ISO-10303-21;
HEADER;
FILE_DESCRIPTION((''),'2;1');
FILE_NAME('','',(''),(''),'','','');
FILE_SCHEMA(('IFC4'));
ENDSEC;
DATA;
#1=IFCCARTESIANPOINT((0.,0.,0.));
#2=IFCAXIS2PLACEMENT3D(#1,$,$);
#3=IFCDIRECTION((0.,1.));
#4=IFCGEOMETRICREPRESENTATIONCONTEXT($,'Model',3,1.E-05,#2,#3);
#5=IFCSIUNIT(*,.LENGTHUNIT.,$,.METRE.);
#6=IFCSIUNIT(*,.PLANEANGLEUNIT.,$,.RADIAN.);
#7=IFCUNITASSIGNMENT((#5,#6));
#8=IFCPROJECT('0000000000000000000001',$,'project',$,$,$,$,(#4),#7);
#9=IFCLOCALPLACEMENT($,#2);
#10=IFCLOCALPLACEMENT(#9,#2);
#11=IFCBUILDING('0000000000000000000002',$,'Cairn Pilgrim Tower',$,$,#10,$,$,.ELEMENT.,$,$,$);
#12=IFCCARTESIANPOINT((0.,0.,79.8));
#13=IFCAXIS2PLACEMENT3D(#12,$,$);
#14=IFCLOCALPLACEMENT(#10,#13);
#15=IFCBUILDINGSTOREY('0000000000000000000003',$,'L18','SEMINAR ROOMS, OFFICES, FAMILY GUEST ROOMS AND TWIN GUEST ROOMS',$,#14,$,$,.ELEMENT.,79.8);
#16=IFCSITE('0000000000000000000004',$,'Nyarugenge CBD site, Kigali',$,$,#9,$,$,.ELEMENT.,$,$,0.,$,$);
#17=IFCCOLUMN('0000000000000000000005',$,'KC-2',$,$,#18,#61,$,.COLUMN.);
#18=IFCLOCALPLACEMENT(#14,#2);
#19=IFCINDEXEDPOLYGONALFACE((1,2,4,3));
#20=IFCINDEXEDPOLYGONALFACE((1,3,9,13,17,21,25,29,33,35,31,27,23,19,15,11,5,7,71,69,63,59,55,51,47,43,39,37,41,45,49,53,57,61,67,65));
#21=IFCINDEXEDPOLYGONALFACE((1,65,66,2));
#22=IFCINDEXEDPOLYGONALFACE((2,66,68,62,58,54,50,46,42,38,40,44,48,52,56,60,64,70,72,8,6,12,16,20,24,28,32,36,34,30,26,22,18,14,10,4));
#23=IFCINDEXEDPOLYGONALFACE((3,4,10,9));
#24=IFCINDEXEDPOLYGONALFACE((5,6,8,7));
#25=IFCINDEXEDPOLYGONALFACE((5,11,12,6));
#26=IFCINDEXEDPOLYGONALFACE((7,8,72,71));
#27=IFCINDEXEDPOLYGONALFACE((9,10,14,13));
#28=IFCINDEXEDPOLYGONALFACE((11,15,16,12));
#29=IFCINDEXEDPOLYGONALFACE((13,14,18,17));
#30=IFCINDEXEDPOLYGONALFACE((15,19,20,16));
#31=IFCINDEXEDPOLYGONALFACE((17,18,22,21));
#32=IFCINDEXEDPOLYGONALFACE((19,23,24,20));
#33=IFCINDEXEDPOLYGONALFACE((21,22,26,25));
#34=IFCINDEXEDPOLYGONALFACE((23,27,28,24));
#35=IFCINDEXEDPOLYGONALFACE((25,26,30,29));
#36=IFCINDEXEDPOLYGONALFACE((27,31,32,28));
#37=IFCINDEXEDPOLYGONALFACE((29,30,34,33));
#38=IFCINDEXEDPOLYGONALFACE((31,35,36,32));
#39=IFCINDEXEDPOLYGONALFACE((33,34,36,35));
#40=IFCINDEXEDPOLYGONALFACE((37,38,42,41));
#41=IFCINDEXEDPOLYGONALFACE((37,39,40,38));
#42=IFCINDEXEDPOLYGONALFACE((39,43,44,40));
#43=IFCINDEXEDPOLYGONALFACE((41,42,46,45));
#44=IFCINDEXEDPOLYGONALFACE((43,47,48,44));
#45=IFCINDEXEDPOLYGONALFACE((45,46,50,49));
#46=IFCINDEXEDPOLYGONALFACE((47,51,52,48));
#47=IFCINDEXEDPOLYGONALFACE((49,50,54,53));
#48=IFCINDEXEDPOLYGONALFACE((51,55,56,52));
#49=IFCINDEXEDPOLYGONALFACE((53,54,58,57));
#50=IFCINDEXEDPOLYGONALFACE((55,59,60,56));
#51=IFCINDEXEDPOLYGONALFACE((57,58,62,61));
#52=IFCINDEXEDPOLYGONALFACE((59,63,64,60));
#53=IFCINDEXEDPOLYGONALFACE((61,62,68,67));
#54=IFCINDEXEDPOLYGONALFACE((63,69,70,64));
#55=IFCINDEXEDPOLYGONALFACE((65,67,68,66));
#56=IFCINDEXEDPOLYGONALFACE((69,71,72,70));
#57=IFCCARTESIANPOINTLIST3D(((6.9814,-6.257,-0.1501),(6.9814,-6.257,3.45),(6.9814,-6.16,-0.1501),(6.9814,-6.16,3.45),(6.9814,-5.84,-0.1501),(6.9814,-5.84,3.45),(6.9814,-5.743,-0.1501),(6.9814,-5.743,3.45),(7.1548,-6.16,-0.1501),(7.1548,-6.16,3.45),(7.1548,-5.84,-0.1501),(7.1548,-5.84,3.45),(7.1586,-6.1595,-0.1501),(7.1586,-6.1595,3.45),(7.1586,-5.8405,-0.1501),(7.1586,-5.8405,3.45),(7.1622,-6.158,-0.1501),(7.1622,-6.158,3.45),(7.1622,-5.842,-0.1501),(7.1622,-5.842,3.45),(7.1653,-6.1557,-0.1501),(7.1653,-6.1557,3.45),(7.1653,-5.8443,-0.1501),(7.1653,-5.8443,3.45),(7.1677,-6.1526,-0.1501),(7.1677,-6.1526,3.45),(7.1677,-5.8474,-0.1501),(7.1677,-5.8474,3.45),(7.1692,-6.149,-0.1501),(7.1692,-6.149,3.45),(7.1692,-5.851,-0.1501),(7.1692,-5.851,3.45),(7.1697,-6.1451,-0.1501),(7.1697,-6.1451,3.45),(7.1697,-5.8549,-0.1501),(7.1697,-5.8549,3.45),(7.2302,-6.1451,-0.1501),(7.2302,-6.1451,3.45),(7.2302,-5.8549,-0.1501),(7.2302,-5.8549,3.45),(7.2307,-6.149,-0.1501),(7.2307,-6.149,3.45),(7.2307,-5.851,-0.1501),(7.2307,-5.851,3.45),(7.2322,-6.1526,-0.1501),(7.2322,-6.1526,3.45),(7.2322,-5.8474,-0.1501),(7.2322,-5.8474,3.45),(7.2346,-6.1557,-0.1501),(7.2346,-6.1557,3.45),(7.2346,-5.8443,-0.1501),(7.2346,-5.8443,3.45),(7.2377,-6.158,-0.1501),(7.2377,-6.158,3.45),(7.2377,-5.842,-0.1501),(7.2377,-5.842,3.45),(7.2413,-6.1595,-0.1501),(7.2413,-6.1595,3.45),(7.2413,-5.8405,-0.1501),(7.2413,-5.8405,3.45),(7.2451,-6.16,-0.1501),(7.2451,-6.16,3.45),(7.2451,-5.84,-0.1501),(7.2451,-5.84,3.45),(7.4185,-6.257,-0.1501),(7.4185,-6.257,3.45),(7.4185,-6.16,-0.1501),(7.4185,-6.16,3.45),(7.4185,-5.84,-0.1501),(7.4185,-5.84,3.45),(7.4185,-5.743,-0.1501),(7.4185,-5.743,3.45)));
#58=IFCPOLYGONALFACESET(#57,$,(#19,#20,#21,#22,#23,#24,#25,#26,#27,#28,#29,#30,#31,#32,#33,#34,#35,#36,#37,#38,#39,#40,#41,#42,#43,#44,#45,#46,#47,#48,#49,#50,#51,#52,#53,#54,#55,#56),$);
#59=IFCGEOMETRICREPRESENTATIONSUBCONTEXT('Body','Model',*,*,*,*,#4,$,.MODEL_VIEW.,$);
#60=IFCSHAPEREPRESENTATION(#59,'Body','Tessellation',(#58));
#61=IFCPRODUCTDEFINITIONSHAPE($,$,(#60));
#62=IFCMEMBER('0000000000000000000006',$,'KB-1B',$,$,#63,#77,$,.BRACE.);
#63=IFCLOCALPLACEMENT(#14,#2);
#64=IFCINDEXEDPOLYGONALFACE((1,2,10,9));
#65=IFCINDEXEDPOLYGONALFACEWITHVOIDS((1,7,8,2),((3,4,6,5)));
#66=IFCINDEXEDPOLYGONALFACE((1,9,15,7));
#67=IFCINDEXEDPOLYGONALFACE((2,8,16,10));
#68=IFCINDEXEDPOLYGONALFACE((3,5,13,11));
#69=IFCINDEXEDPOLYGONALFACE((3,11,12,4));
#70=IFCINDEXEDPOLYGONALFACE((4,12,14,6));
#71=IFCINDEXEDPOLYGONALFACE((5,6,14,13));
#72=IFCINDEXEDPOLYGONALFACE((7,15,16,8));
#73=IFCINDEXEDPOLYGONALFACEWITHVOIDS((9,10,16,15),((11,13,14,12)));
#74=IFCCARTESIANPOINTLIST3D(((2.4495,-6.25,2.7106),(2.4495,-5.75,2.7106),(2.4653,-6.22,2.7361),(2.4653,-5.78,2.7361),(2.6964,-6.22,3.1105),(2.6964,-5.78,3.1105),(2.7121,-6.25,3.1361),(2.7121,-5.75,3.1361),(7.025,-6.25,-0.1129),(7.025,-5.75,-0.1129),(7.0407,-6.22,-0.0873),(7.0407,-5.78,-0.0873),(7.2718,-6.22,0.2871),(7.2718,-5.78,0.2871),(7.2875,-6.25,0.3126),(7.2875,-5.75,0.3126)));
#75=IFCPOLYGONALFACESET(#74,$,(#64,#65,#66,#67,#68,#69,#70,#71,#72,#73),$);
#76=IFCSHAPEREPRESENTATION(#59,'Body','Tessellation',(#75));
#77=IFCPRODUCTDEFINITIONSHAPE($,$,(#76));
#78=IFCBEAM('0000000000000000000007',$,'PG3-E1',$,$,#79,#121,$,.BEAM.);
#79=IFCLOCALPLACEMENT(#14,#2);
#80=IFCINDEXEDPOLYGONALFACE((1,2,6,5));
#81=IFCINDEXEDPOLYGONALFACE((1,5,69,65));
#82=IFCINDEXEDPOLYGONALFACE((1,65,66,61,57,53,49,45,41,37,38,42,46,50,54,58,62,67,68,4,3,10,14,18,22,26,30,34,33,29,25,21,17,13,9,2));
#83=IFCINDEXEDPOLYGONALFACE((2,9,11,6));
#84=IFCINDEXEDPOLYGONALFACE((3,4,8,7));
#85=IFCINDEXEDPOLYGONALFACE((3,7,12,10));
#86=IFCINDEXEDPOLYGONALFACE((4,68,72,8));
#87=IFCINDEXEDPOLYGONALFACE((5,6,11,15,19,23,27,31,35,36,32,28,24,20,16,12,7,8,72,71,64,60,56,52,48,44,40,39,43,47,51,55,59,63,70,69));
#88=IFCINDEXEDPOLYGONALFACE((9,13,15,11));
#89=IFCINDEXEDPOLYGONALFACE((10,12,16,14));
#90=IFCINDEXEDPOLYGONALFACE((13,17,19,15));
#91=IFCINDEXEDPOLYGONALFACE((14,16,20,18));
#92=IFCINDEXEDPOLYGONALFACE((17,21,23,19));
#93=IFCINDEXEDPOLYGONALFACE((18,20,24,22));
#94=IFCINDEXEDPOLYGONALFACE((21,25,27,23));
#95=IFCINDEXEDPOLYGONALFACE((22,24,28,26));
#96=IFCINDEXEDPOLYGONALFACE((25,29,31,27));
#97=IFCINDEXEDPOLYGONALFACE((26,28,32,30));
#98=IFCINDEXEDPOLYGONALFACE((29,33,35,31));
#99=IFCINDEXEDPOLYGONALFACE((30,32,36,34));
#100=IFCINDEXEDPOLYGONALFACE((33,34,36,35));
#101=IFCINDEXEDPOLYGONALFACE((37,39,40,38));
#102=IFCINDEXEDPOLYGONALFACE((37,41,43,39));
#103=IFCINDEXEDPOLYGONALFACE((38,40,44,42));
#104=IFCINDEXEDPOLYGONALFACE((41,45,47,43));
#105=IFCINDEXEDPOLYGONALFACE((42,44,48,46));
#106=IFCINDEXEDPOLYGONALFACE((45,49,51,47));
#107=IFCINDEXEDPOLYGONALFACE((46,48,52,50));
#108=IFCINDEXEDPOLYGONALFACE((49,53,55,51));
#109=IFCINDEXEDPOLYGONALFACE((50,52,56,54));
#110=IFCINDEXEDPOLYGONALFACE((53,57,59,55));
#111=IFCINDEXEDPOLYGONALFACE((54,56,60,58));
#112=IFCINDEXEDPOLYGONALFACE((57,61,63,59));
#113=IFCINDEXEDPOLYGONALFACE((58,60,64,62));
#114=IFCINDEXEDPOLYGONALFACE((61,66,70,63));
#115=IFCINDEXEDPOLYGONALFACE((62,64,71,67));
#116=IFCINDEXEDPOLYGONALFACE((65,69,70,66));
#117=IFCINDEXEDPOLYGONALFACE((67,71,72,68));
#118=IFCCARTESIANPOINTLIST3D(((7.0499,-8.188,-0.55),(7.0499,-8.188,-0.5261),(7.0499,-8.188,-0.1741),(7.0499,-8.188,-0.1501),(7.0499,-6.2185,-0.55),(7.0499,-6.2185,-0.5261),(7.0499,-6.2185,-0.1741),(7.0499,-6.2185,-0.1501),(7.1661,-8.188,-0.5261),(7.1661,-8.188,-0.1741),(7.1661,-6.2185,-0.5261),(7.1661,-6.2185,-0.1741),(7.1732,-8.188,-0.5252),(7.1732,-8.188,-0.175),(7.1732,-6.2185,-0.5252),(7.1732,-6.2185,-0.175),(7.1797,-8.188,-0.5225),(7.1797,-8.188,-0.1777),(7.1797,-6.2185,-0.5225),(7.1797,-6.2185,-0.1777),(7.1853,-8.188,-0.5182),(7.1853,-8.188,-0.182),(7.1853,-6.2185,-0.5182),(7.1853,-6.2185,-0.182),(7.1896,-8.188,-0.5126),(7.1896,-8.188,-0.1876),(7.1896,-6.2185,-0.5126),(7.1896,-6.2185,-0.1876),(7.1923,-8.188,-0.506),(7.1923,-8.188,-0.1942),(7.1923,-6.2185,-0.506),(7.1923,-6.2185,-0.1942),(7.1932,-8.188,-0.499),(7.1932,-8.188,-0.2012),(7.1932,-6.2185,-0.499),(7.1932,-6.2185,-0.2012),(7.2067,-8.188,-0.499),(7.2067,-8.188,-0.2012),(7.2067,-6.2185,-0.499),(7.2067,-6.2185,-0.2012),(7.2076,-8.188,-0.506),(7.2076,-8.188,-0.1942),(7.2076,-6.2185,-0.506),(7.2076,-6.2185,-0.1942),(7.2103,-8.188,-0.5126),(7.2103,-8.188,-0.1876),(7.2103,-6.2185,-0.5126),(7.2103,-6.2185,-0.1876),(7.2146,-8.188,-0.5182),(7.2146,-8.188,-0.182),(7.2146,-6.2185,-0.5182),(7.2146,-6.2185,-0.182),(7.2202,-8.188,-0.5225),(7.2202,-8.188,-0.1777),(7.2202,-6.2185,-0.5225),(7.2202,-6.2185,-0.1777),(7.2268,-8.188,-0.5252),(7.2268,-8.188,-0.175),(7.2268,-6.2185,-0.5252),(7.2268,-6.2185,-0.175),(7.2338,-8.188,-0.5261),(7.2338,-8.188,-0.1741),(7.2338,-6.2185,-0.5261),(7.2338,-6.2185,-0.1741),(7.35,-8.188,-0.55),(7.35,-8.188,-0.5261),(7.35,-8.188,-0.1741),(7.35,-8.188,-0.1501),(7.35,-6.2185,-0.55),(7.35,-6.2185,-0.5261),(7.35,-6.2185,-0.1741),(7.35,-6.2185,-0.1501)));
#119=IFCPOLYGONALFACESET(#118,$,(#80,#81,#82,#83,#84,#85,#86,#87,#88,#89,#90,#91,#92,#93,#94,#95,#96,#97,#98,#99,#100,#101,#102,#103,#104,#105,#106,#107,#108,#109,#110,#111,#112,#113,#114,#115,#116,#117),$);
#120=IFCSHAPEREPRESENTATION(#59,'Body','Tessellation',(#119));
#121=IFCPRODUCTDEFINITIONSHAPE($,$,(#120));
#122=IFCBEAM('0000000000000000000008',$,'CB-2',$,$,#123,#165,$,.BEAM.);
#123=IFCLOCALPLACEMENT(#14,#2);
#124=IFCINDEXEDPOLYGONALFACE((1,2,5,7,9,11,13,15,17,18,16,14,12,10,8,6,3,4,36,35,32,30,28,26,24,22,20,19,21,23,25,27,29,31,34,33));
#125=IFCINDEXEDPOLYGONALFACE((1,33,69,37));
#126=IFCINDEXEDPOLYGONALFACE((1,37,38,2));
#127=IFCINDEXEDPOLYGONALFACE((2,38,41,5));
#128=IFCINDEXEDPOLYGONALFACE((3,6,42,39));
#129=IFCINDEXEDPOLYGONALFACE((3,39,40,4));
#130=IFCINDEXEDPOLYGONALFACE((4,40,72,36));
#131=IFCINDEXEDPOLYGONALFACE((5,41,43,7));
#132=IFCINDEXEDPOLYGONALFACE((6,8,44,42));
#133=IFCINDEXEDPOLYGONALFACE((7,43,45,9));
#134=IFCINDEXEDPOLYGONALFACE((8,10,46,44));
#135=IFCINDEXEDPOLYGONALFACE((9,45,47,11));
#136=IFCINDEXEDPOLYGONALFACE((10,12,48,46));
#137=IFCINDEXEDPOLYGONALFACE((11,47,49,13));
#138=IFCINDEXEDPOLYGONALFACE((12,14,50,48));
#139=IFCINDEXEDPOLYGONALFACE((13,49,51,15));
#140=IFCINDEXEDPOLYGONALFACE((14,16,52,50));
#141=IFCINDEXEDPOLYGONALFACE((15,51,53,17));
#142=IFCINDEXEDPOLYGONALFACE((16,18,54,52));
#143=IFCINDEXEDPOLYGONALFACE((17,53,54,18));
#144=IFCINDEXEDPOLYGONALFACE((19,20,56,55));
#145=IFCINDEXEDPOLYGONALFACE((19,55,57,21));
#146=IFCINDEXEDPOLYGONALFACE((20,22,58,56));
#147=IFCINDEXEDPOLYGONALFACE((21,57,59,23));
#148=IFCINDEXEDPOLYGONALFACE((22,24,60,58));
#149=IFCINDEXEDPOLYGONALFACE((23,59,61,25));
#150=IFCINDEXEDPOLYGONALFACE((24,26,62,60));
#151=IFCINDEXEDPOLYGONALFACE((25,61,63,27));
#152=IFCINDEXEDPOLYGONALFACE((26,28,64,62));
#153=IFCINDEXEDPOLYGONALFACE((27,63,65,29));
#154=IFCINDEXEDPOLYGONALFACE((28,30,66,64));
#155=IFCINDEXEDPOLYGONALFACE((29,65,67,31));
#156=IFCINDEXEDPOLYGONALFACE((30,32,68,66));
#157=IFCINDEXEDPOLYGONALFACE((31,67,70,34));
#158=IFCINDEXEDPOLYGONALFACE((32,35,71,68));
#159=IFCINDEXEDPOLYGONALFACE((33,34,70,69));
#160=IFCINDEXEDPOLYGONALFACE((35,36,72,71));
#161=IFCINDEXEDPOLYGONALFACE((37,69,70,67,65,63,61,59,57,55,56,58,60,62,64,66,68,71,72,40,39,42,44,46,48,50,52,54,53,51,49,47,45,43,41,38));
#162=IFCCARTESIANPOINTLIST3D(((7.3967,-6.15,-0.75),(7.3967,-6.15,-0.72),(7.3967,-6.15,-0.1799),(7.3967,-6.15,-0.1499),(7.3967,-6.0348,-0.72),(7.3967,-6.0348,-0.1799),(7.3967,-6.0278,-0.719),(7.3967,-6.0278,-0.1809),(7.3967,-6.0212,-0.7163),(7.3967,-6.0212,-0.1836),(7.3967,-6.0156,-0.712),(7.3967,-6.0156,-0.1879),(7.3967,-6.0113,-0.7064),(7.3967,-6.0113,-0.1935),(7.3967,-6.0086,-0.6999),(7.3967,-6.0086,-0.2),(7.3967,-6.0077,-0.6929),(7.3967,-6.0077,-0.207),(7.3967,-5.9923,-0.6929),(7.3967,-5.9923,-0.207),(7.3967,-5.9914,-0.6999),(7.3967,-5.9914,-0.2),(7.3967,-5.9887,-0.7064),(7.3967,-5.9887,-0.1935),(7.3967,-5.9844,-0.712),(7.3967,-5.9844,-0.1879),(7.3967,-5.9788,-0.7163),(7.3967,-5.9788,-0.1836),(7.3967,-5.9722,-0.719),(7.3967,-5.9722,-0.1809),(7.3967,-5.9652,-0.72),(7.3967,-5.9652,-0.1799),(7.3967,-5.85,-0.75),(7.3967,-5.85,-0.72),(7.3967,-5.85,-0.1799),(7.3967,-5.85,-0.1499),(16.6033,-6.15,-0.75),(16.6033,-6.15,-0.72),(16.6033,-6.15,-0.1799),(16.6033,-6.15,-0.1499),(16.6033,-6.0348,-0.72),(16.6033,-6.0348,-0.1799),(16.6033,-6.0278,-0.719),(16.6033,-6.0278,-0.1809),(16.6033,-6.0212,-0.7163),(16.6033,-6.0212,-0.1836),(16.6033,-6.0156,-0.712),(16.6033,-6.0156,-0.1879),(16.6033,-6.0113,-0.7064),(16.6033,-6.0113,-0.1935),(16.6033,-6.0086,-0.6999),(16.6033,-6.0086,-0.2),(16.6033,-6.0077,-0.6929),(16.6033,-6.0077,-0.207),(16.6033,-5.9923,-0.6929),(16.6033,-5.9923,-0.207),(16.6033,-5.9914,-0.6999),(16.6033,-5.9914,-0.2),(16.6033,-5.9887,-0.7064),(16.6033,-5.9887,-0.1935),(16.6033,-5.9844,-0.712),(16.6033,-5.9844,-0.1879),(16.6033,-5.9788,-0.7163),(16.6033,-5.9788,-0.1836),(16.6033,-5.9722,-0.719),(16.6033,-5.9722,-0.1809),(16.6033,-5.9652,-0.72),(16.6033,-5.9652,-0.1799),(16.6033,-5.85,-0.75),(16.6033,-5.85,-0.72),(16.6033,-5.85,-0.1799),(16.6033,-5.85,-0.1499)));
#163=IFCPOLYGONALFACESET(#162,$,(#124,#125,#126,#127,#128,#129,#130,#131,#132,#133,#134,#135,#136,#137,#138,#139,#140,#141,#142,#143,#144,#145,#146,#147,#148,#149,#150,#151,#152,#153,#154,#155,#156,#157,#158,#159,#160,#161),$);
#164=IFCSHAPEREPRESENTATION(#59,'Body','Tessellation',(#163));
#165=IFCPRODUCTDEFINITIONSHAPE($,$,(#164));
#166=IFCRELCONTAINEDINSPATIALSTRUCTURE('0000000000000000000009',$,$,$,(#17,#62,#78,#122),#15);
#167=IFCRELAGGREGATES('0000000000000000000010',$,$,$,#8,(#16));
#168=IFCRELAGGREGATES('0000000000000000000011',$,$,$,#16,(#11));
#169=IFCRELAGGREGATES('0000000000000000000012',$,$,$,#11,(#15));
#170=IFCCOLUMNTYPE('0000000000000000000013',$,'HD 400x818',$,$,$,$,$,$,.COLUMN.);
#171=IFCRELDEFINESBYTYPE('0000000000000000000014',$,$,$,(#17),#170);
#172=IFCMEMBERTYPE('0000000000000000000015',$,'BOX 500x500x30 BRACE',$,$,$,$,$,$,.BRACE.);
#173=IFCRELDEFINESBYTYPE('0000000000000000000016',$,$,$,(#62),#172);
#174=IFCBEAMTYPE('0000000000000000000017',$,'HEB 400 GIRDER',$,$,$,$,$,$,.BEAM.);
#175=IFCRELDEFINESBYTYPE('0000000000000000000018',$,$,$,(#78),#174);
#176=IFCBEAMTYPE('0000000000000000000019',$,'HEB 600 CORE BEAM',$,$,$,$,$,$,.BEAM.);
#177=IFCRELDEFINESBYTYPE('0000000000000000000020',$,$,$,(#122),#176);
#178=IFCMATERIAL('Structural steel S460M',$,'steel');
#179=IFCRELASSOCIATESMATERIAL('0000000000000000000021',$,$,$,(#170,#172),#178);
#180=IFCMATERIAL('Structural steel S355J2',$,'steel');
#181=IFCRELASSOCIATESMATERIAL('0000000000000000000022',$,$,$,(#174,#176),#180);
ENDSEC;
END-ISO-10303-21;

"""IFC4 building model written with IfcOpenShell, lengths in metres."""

from ifc_helpers import new_model, si_unit, direction, frame, origin, origin_2d, place, context, subcontext, project, spatial, hollow_rectangle, i_section, extrude, material, material_profile, profile_set, type_object, element, save


model = new_model("IFC4")

# Units and contexts
model_context = context("Model", 3, precision=1e-05, world=origin(), true_north=direction((0.0, 1.0)))
body_context = subcontext(model_context, "Body", "Model", "MODEL_VIEW")
ifc_project = project(units=[si_unit("LENGTHUNIT", "METRE"), si_unit("PLANEANGLEUNIT", "RADIAN")], contexts=[model_context])

# Site, building, storey
site_placement = place(None, origin())
site = spatial("IfcSite", under=ifc_project, at=site_placement, Name="Nyarugenge CBD site, Kigali", CompositionType="ELEMENT", RefElevation=0.0)
building_placement = place(site_placement, origin())
building = spatial("IfcBuilding", under=site, at=building_placement, Name="Cairn Pilgrim Tower", CompositionType="ELEMENT")
storey_placement = place(building_placement, frame((0.0, 0.0, 79.8)))
storey = spatial("IfcBuildingStorey", under=building, at=storey_placement, Name="L18", Description="SEMINAR ROOMS, OFFICES, FAMILY GUEST ROOMS AND TWIN GUEST ROOMS", CompositionType="ELEMENT", Elevation=79.8)

# Column
ifc_material_1 = material(Name="Structural steel S460M", Category="steel")
ifc_material_profile_1 = material_profile(ifc_material_1, i_section(OverallWidth=0.437, OverallDepth=0.5139, WebThickness=0.0605, FlangeThickness=0.0969, FilletRadius=0.0149, at=origin_2d()), Name="HD 400x818")
ifc_profile_set_1 = profile_set([ifc_material_profile_1], Name="Structural steel S460M")
column_type = type_object("IfcColumnType", Name="HD 400x818", PredefinedType="COLUMN", material=ifc_profile_set_1)
column_placement = place(storey_placement, frame((7.2, -6.0, -0.1501), z_axis=(0.0, 0.0, 1.0), x_axis=(1.0, 0.0, 0.0)))
element("IfcColumn", 1, at=column_placement, inside=storey, type_object=column_type, Name="KC-2", PredefinedType="COLUMN", context=body_context, shape_type="SweptSolid", body=[
    extrude(i_section(OverallWidth=0.437, OverallDepth=0.5139, WebThickness=0.0605, FlangeThickness=0.0969, FilletRadius=0.0149, at=origin_2d()), origin(), (0.0, 0.0, 1.0), 3.6001),
])

# Member
ifc_material_profile_2 = material_profile(ifc_material_1, hollow_rectangle(XDim=0.5, YDim=0.5, WallThickness=0.03, at=origin_2d()), Name="BOX 500x500x30")
ifc_profile_set_2 = profile_set([ifc_material_profile_2], Name="Structural steel S460M")
member_type = type_object("IfcMemberType", Name="BOX 500x500x30 BRACE", PredefinedType="BRACE", material=ifc_profile_set_2)
member_placement = place(storey_placement, frame((7.1562, -6.0, 0.0999), z_axis=(-0.851008, 0.0, 0.525154), x_axis=(0.0, -1.0, 0.0)))
element("IfcMember", 2, at=member_placement, inside=storey, type_object=member_type, Name="KB-1B", PredefinedType="BRACE", context=body_context, shape_type="SweptSolid", body=[
    extrude(hollow_rectangle(XDim=0.5, YDim=0.5, WallThickness=0.03, at=origin_2d()), origin(), (0.0, 0.0, 1.0), 5.3765),
])

# Beams
ifc_material_2 = material(Name="Structural steel S355J2", Category="steel")
ifc_material_profile_3 = material_profile(ifc_material_2, i_section(OverallWidth=0.3, OverallDepth=0.3999, WebThickness=0.0134, FlangeThickness=0.0239, FilletRadius=0.0271, at=origin_2d()), Name="HEB 400")
ifc_profile_set_3 = profile_set([ifc_material_profile_3], Name="Structural steel S355J2")
beam_type_1 = type_object("IfcBeamType", Name="HEB 400 GIRDER", PredefinedType="BEAM", material=ifc_profile_set_3)
beam_1_placement = place(storey_placement, frame((7.2, -8.188, -0.3501), z_axis=(0.0, 1.0, 0.0), x_axis=(-1.0, 0.0, 0.0)))
element("IfcBeam", 3, at=beam_1_placement, inside=storey, type_object=beam_type_1, Name="PG3-E1", PredefinedType="BEAM", context=body_context, shape_type="SweptSolid", body=[
    extrude(i_section(OverallWidth=0.3, OverallDepth=0.3999, WebThickness=0.0134, FlangeThickness=0.0239, FilletRadius=0.0271, at=origin_2d()), origin(), (0.0, 0.0, 1.0), 1.9695),
])
ifc_material_profile_4 = material_profile(ifc_material_2, i_section(OverallWidth=0.3, OverallDepth=0.6001, WebThickness=0.0154, FlangeThickness=0.03, FilletRadius=0.0271, at=origin_2d()), Name="HEB 600")
ifc_profile_set_4 = profile_set([ifc_material_profile_4], Name="Structural steel S355J2")
beam_type_2 = type_object("IfcBeamType", Name="HEB 600 CORE BEAM", PredefinedType="BEAM", material=ifc_profile_set_4)
beam_2_placement = place(storey_placement, frame((7.3967, -6.0, -0.45), z_axis=(1.0, 0.0, 0.0), x_axis=(0.0, 1.0, 0.0)))
element("IfcBeam", 4, at=beam_2_placement, inside=storey, type_object=beam_type_2, Name="CB-2", PredefinedType="BEAM", context=body_context, shape_type="SweptSolid", body=[
    extrude(i_section(OverallWidth=0.3, OverallDepth=0.6001, WebThickness=0.0154, FlangeThickness=0.03, FilletRadius=0.0271, at=origin_2d()), origin(), (0.0, 0.0, 1.0), 9.2065),
])

save(model, "model.ifc")
